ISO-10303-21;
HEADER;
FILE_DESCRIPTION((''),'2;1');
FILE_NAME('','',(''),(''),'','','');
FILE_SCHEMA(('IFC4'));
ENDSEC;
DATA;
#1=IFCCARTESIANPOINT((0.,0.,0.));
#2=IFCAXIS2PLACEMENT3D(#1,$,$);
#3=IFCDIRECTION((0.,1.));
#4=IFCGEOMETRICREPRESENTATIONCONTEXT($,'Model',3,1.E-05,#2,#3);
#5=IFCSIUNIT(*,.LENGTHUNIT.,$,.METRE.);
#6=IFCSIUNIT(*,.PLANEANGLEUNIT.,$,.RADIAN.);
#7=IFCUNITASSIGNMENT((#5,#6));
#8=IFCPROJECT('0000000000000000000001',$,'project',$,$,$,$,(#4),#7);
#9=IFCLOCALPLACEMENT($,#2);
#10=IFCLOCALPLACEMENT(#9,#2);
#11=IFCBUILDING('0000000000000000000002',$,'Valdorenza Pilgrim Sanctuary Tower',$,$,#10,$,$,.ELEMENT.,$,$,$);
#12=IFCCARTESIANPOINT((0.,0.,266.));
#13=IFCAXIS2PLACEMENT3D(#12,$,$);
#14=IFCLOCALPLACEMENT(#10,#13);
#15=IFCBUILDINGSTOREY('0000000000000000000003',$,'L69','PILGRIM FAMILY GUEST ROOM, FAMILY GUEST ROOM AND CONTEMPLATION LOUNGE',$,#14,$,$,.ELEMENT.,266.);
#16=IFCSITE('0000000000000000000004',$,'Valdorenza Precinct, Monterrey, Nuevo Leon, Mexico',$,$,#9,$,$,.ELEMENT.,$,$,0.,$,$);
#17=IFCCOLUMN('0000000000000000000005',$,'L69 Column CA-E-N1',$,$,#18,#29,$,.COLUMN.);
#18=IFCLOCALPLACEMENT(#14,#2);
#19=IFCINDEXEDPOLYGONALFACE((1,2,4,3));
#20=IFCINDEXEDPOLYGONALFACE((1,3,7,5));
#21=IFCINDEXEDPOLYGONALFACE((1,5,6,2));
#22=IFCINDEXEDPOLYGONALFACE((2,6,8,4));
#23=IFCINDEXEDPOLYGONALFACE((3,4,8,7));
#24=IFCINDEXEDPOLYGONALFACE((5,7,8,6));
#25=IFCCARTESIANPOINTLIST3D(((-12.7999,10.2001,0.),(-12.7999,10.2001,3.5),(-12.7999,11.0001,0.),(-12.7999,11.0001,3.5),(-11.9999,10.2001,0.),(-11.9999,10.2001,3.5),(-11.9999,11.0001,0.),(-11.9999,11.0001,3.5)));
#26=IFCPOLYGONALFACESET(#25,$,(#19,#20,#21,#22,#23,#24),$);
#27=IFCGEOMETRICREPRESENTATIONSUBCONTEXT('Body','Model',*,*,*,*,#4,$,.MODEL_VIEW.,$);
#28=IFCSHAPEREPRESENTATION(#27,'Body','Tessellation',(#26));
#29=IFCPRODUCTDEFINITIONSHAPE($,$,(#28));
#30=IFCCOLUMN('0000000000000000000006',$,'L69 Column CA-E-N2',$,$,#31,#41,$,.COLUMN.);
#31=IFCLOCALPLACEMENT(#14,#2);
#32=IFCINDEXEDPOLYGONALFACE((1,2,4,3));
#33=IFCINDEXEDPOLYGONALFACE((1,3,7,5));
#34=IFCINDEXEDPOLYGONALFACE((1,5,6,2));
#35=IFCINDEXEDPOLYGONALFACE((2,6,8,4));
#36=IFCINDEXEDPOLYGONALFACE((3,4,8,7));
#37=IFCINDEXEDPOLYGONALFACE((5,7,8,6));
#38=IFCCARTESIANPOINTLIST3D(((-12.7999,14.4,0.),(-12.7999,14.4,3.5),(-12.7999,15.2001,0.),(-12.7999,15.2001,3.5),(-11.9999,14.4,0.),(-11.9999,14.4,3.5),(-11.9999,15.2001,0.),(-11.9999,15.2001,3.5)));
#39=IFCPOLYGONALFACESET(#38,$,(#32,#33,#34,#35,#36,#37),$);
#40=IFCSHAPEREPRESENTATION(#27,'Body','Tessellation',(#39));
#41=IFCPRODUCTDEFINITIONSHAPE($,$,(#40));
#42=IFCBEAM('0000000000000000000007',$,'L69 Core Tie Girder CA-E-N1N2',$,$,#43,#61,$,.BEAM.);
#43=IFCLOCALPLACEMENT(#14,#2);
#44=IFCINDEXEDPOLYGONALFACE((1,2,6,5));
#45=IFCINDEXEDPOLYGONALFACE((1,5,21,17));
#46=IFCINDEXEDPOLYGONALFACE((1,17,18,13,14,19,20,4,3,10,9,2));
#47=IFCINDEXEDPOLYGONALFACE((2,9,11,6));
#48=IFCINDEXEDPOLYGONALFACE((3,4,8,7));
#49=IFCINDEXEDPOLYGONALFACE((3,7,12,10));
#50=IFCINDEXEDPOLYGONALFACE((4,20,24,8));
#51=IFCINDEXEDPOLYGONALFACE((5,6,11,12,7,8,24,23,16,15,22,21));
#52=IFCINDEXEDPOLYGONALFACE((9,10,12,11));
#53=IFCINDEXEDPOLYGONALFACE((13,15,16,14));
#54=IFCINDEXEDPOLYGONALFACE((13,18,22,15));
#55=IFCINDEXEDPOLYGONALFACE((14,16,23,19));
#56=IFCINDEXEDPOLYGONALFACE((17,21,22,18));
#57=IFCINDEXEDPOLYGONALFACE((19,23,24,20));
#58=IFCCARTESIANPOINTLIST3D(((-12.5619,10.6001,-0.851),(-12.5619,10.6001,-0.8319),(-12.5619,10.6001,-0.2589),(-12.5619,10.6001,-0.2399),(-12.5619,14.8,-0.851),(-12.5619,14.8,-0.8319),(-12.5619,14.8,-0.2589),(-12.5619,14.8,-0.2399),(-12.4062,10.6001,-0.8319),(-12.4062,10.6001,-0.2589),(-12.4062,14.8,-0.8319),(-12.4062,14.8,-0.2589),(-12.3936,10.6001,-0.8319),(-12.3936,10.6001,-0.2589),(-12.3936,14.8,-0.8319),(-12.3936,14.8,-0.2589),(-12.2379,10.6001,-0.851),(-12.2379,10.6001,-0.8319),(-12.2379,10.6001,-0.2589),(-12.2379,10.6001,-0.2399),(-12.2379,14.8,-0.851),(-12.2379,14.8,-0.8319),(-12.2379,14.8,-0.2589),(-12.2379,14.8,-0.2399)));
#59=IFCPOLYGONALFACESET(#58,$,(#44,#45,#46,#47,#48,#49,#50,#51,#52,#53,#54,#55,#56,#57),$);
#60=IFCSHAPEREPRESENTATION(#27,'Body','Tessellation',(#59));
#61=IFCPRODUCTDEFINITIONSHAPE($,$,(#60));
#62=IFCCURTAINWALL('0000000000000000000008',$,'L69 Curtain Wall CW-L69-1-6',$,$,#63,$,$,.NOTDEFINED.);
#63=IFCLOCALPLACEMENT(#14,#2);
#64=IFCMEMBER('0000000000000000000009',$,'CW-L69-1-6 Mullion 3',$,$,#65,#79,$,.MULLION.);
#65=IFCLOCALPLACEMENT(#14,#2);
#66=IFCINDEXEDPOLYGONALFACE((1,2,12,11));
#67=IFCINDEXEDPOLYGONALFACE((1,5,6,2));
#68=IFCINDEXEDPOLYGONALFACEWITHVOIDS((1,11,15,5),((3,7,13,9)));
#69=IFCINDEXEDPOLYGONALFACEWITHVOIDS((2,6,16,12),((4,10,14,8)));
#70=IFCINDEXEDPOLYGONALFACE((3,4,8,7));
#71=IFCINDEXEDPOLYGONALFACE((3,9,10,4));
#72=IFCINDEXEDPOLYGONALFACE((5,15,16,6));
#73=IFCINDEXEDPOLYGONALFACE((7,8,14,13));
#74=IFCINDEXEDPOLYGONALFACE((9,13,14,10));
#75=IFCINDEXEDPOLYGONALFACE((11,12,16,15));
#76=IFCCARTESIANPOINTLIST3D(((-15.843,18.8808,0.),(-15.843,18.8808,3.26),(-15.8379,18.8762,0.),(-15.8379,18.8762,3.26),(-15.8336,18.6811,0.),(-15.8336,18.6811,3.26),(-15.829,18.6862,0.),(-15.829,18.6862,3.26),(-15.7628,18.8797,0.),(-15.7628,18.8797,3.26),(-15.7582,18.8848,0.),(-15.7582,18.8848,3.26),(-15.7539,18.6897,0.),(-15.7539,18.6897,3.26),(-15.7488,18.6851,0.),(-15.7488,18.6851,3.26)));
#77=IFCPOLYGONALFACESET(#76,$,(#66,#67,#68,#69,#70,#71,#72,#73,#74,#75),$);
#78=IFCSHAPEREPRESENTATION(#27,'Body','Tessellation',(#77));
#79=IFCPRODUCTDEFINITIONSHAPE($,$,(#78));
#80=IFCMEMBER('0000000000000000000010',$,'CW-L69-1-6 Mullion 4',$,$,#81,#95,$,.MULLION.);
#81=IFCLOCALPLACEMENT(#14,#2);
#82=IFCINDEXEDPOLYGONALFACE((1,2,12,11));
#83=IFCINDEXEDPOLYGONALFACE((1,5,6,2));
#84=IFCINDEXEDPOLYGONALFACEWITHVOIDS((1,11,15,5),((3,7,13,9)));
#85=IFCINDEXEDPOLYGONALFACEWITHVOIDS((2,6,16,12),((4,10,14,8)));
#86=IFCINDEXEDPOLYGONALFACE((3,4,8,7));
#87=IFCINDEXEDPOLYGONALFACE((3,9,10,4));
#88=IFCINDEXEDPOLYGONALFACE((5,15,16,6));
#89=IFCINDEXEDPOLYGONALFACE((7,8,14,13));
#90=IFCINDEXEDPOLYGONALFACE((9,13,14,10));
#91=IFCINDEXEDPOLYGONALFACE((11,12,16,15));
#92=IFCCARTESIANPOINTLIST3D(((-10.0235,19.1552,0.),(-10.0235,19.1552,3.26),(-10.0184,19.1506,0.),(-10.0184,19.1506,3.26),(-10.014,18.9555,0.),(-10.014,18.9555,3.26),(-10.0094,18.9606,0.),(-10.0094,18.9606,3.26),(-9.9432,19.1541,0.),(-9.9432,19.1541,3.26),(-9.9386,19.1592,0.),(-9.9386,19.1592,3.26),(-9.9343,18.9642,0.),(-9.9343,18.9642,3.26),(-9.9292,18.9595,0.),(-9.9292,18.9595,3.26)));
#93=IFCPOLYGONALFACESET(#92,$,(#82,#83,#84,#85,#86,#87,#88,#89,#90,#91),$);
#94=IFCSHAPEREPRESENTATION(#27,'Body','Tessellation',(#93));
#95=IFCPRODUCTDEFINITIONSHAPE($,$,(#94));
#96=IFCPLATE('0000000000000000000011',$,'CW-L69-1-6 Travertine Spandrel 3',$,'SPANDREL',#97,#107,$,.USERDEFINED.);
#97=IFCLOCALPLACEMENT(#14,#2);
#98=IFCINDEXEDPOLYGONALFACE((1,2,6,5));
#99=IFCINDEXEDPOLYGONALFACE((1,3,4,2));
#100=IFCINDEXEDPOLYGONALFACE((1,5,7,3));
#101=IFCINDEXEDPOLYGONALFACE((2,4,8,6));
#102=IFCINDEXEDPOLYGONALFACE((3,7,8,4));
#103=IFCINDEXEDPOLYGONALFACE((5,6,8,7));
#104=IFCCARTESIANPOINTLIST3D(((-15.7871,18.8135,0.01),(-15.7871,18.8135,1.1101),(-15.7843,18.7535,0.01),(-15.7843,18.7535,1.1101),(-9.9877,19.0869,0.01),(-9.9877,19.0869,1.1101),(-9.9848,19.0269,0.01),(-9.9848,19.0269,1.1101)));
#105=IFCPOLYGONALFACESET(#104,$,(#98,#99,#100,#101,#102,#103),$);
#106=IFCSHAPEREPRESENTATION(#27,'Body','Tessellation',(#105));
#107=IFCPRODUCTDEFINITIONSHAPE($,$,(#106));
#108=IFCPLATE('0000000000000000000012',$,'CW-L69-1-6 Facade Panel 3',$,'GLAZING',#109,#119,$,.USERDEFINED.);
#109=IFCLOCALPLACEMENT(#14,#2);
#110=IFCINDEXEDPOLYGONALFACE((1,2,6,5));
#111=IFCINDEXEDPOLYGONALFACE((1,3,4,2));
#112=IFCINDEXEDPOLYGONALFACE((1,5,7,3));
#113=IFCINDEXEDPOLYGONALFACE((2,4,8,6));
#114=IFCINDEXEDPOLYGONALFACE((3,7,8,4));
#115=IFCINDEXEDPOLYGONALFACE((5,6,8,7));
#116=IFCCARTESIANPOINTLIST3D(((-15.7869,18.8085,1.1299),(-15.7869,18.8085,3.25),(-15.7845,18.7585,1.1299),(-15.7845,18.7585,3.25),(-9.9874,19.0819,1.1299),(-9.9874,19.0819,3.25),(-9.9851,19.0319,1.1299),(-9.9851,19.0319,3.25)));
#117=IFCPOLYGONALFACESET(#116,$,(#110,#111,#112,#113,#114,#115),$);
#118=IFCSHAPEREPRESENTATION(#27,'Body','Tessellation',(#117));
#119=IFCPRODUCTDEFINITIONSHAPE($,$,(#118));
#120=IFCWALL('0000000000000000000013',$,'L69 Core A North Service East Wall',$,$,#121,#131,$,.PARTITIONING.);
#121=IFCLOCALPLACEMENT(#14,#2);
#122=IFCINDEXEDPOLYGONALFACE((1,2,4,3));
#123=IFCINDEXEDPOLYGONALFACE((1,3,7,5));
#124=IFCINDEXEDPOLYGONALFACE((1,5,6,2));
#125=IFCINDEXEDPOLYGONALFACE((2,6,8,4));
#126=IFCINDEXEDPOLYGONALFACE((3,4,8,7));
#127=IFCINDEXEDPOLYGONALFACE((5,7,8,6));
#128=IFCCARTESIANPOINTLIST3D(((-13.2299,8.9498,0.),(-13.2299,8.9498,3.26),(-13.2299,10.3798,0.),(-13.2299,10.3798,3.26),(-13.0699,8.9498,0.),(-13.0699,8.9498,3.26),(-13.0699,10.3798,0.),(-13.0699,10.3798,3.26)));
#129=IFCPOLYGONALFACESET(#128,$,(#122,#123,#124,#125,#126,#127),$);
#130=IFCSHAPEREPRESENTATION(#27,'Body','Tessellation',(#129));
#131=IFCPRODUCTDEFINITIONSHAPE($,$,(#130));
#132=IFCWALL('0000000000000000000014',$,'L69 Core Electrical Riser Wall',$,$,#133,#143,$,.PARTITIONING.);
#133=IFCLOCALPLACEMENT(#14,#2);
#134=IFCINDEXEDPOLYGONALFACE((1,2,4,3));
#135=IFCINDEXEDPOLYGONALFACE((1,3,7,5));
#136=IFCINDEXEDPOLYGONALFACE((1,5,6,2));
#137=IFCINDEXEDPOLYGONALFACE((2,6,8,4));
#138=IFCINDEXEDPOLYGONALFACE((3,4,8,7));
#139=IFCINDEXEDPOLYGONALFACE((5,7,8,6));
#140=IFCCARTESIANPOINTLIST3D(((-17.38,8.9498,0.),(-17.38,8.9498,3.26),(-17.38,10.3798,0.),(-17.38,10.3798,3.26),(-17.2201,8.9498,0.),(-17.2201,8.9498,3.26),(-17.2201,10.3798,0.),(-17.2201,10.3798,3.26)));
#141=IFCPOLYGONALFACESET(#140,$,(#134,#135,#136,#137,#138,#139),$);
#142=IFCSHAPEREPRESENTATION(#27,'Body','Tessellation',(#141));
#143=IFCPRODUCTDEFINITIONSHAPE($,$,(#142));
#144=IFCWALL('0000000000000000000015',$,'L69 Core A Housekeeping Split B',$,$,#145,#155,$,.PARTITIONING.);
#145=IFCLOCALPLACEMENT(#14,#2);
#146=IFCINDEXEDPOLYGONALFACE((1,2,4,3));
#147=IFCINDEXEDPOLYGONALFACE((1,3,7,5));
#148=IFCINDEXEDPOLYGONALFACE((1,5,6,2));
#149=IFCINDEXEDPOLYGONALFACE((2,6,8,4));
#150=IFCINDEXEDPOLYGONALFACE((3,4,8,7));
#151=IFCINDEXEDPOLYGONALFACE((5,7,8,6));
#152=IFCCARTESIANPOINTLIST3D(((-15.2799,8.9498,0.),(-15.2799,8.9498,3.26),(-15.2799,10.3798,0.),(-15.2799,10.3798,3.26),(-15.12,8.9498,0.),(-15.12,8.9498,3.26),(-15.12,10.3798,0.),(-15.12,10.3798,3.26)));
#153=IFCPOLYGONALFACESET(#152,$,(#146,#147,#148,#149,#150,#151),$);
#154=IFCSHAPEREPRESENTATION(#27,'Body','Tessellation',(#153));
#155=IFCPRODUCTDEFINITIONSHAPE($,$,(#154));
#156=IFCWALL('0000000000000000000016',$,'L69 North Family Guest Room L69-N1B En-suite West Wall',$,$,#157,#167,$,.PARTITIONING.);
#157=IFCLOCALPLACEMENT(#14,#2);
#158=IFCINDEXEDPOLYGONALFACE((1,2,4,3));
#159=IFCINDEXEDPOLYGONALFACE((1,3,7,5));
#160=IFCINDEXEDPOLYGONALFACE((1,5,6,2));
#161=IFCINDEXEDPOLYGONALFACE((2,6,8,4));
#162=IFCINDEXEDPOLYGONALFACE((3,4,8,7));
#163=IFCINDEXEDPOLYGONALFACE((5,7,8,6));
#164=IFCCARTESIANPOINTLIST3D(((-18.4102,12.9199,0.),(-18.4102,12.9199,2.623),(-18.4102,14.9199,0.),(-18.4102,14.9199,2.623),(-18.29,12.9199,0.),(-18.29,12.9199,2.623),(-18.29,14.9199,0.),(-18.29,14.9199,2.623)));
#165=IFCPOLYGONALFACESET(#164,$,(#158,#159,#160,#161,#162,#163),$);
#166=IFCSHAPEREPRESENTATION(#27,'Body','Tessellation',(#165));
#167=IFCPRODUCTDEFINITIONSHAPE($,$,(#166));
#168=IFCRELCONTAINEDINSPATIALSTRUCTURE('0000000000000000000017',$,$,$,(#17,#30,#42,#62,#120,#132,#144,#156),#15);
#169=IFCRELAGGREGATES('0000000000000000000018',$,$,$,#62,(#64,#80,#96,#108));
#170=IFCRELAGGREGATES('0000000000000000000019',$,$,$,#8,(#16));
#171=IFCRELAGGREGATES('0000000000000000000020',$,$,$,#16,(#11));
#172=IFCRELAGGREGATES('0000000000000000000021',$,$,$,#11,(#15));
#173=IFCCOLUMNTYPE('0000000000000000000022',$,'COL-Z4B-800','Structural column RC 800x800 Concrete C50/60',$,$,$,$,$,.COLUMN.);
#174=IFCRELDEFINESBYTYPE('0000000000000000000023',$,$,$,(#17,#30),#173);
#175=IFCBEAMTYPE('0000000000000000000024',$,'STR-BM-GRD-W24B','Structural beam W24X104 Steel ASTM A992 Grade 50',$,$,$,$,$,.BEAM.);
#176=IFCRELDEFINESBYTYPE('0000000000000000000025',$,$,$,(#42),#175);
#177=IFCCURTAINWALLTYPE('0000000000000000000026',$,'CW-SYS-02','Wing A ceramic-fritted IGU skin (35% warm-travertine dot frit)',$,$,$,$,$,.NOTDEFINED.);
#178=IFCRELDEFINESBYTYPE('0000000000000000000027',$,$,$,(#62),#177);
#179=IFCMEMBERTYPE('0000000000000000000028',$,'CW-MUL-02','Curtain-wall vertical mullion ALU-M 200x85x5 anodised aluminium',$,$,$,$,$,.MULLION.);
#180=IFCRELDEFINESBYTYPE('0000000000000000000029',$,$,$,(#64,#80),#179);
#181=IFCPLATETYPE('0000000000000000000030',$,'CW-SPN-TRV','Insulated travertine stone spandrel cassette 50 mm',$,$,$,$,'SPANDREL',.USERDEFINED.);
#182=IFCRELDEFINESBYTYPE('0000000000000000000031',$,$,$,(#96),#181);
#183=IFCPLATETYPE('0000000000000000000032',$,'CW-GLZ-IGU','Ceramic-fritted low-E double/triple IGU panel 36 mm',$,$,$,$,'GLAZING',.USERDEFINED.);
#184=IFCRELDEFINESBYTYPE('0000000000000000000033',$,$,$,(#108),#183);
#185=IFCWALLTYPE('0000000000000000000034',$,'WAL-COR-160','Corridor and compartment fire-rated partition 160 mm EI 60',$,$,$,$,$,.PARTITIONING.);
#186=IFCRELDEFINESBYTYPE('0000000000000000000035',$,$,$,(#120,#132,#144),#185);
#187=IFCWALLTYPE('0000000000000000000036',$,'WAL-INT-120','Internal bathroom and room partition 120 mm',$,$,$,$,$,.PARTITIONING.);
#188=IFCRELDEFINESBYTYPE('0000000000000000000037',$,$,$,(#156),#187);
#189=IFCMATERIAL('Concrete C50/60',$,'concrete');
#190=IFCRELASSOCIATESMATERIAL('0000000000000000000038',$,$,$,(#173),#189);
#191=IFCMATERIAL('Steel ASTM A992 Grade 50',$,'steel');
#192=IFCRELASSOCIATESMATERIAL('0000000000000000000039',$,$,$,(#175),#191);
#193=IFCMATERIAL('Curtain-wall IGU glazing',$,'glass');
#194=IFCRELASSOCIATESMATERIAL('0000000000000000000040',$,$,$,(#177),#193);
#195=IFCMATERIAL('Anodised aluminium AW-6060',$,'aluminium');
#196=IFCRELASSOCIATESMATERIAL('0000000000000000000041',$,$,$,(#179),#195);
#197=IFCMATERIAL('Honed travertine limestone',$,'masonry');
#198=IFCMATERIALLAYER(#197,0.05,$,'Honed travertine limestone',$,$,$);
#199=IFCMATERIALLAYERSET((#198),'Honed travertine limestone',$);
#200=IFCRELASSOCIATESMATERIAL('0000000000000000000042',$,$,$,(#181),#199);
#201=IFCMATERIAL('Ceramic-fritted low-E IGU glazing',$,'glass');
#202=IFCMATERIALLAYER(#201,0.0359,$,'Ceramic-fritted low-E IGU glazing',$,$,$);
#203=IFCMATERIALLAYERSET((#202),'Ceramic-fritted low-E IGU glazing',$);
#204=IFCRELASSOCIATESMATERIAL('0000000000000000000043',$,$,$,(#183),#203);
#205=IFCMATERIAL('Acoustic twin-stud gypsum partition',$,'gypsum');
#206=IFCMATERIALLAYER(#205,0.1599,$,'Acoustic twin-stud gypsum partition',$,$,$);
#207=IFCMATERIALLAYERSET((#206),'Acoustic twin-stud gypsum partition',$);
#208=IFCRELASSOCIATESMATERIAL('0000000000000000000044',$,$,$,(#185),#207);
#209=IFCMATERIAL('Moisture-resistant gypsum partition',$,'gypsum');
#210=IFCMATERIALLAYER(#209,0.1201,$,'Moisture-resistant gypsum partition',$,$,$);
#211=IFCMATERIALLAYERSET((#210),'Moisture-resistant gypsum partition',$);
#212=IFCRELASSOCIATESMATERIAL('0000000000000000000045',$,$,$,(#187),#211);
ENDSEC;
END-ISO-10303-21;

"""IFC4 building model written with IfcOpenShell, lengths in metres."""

from ifc_helpers import new_model, si_unit, direction, frame, frame_2d, origin, origin_2d, place, context, subcontext, project, spatial, rectangle, hollow_rectangle, i_section, extrude, source, transform, mapped, material, layer, layer_set, material_profile, profile_set, type_object, element, aggregate, save


model = new_model("IFC4")

# Units and contexts
model_context = context("Model", 3, precision=1e-05, world=origin(), true_north=direction((0.0, 1.0)))
body_context = subcontext(model_context, "Body", "Model", "MODEL_VIEW")
ifc_project = project(units=[si_unit("LENGTHUNIT", "METRE"), si_unit("PLANEANGLEUNIT", "RADIAN")], contexts=[model_context])

# Site, building, storey
site_placement = place(None, origin())
site = spatial("IfcSite", under=ifc_project, at=site_placement, Name="Valdorenza Precinct, Monterrey, Nuevo Leon, Mexico", CompositionType="ELEMENT", RefElevation=0.0)
building_placement = place(site_placement, origin())
building = spatial("IfcBuilding", under=site, at=building_placement, Name="Valdorenza Pilgrim Sanctuary Tower", CompositionType="ELEMENT")
storey_placement = place(building_placement, frame((0.0, 0.0, 266.0)))
storey = spatial("IfcBuildingStorey", under=building, at=storey_placement, Name="L69", Description="PILGRIM FAMILY GUEST ROOM, FAMILY GUEST ROOM AND CONTEMPLATION LOUNGE", CompositionType="ELEMENT", Elevation=266.0)

# Columns
ifc_material_1 = material(Name="Concrete C50/60", Category="concrete")
ifc_material_profile_1 = material_profile(ifc_material_1, rectangle(XDim=0.8, YDim=0.8, at=origin_2d()), Name="RC 800x800")
ifc_profile_set_1 = profile_set([ifc_material_profile_1], Name="Concrete C50/60")
column_type = type_object("IfcColumnType", Name="COL-Z4B-800", Description="Structural column RC 800x800 Concrete C50/60", PredefinedType="COLUMN", material=ifc_profile_set_1)
shared_shape_1 = source(origin(), body_context, "Body", "SweptSolid", [
    extrude(rectangle(XDim=0.8, YDim=0.8, at=origin_2d()), origin(), (0.0, 0.0, 1.0), 3.5),
])
for number, where, z_axis, x_axis, name in (
    (1, (-12.3999, 10.6001, 0.0), (0.0, 0.0, 1.0), (1.0, 0.0, 0.0), "L69 Column CA-E-N1"),
    (2, (-12.3999, 14.8, 0.0), (0.0, 0.0, 1.0), (1.0, 0.0, 0.0), "L69 Column CA-E-N2"),
):
    element("IfcColumn", number, at=place(storey_placement, frame(where, z_axis=z_axis, x_axis=x_axis)), inside=storey, type_object=column_type, Name=name, PredefinedType="COLUMN", context=body_context, shape_type="MappedRepresentation", body=[
        mapped(shared_shape_1, transform((0.0, 0.0, 0.0), x_axis=(1.0, 0.0, 0.0), y_axis=(0.0, 1.0, 0.0), z_axis=(0.0, 0.0, 1.0), scale=1.0)),
    ])

# Beam
ifc_material_2 = material(Name="Steel ASTM A992 Grade 50", Category="steel")
ifc_material_profile_2 = material_profile(ifc_material_2, i_section(OverallWidth=0.324, OverallDepth=0.6111, WebThickness=0.0127, FlangeThickness=0.019, at=origin_2d()), Name="W24X104")
ifc_profile_set_2 = profile_set([ifc_material_profile_2], Name="Steel ASTM A992 Grade 50")
beam_type = type_object("IfcBeamType", Name="STR-BM-GRD-W24B", Description="Structural beam W24X104 Steel ASTM A992 Grade 50", PredefinedType="BEAM", material=ifc_profile_set_2)
shared_shape_2 = source(origin(), body_context, "Body", "SweptSolid", [
    extrude(i_section(OverallWidth=0.324, OverallDepth=0.6111, WebThickness=0.0127, FlangeThickness=0.019, at=origin_2d()), origin(), (0.0, 0.0, 1.0), 4.2),
])
beam_placement = place(storey_placement, frame((-12.3999, 10.6001, -0.5454), z_axis=(0.0, 1.0, 0.0), x_axis=(-1.0, 0.0, 0.0)))
element("IfcBeam", 3, at=beam_placement, inside=storey, type_object=beam_type, Name="L69 Core Tie Girder CA-E-N1N2", PredefinedType="BEAM", context=body_context, shape_type="MappedRepresentation", body=[
    mapped(shared_shape_2, transform((0.0, 0.0, 0.0), x_axis=(1.0, 0.0, 0.0), y_axis=(0.0, 1.0, 0.0), z_axis=(0.0, 0.0, 1.0), scale=1.0)),
])

# Curtain wall, members, plates
ifc_material_3 = material(Name="Curtain-wall IGU glazing", Category="glass")
curtain_wall_type = type_object("IfcCurtainWallType", Name="CW-SYS-02", Description="Wing A ceramic-fritted IGU skin (35% warm-travertine dot frit)", PredefinedType="NOTDEFINED", material=ifc_material_3)
curtain_wall_placement = place(storey_placement, origin())
curtain_wall = element("IfcCurtainWall", 4, at=curtain_wall_placement, inside=storey, type_object=curtain_wall_type, Name="L69 Curtain Wall CW-L69-1-6", PredefinedType="NOTDEFINED")
ifc_material_4 = material(Name="Anodised aluminium AW-6060", Category="aluminium")
ifc_material_profile_3 = material_profile(ifc_material_4, hollow_rectangle(XDim=0.085, YDim=0.2, WallThickness=0.0049, at=origin_2d()), Name="ALU-M 200x85x5")
ifc_profile_set_3 = profile_set([ifc_material_profile_3], Name="Anodised aluminium AW-6060")
member_type = type_object("IfcMemberType", Name="CW-MUL-02", Description="Curtain-wall vertical mullion ALU-M 200x85x5 anodised aluminium", PredefinedType="MULLION", material=ifc_profile_set_3)
shared_shape_3 = source(origin(), body_context, "Body", "SweptSolid", [
    extrude(hollow_rectangle(XDim=0.085, YDim=0.2, WallThickness=0.0049, at=origin_2d()), origin(), (0.0, 0.0, 1.0), 3.26),
])
member_1_placement = place(storey_placement, frame((-15.7959, 18.783, 0.0), z_axis=(0.0, 0.0, 1.0), x_axis=(0.998891, 0.047089, 0.0)))
member_1 = element("IfcMember", 5, at=member_1_placement, type_object=member_type, Name="CW-L69-1-6 Mullion 3", PredefinedType="MULLION", context=body_context, shape_type="MappedRepresentation", body=[
    mapped(shared_shape_3, transform((0.0, 0.0, 0.0), x_axis=(1.0, 0.0, 0.0), y_axis=(0.0, 1.0, 0.0), z_axis=(0.0, 0.0, 1.0), scale=1.0)),
])
member_2_placement = place(storey_placement, frame((-9.9763, 19.0574, 0.0), z_axis=(0.0, 0.0, 1.0), x_axis=(0.998891, 0.047089, 0.0)))
member_2 = element("IfcMember", 6, at=member_2_placement, type_object=member_type, Name="CW-L69-1-6 Mullion 4", PredefinedType="MULLION", context=body_context, shape_type="MappedRepresentation", body=[
    mapped(shared_shape_3, transform((0.0, 0.0, 0.0), x_axis=(1.0, 0.0, 0.0), y_axis=(0.0, 1.0, 0.0), z_axis=(0.0, 0.0, 1.0), scale=1.0)),
])
ifc_material_5 = material(Name="Honed travertine limestone", Category="masonry")
ifc_layer_1 = layer(ifc_material_5, 0.05, Name="Honed travertine limestone")
ifc_layer_set_1 = layer_set([ifc_layer_1], Name="Honed travertine limestone")
plate_type_1 = type_object("IfcPlateType", Name="CW-SPN-TRV", Description="Insulated travertine stone spandrel cassette 50 mm", ElementType="SPANDREL", PredefinedType="USERDEFINED", material=ifc_layer_set_1)
shared_shape_4 = source(origin(), body_context, "Body", "SweptSolid", [
    extrude(rectangle(XDim=5.8059, YDim=0.0601, at=origin_2d()), origin(), (0.0, 0.0, 1.0), 1.1001),
])
plate_1_placement = place(storey_placement, frame((-12.886, 18.9202, 0.01), z_axis=(0.0, 0.0, 1.0), x_axis=(0.998891, 0.047089, 0.0)))
plate_1 = element("IfcPlate", 7, at=plate_1_placement, type_object=plate_type_1, Name="CW-L69-1-6 Travertine Spandrel 3", ObjectType="SPANDREL", PredefinedType="USERDEFINED", context=body_context, shape_type="MappedRepresentation", body=[
    mapped(shared_shape_4, transform((0.0, 0.0, 0.0), x_axis=(1.0, 0.0, 0.0), y_axis=(0.0, 1.0, 0.0), z_axis=(0.0, 0.0, 1.0), scale=1.0)),
])
ifc_material_6 = material(Name="Ceramic-fritted low-E IGU glazing", Category="glass")
ifc_layer_2 = layer(ifc_material_6, 0.0359, Name="Ceramic-fritted low-E IGU glazing")
ifc_layer_set_2 = layer_set([ifc_layer_2], Name="Ceramic-fritted low-E IGU glazing")
plate_type_2 = type_object("IfcPlateType", Name="CW-GLZ-IGU", Description="Ceramic-fritted low-E double/triple IGU panel 36 mm", ElementType="GLAZING", PredefinedType="USERDEFINED", material=ifc_layer_set_2)
shared_shape_5 = source(origin(), body_context, "Body", "SweptSolid", [
    extrude(rectangle(XDim=5.8059, YDim=0.05, at=origin_2d()), origin(), (0.0, 0.0, 1.0), 2.1201),
])
plate_2_placement = place(storey_placement, frame((-12.886, 18.9202, 1.1299), z_axis=(0.0, 0.0, 1.0), x_axis=(0.998891, 0.047089, 0.0)))
plate_2 = element("IfcPlate", 8, at=plate_2_placement, type_object=plate_type_2, Name="CW-L69-1-6 Facade Panel 3", ObjectType="GLAZING", PredefinedType="USERDEFINED", context=body_context, shape_type="MappedRepresentation", body=[
    mapped(shared_shape_5, transform((0.0, 0.0, 0.0), x_axis=(1.0, 0.0, 0.0), y_axis=(0.0, 1.0, 0.0), z_axis=(0.0, 0.0, 1.0), scale=1.0)),
])
aggregate(curtain_wall, [member_1, member_2, plate_1, plate_2])

# Walls
ifc_material_7 = material(Name="Acoustic twin-stud gypsum partition", Category="gypsum")
ifc_layer_3 = layer(ifc_material_7, 0.1599, Name="Acoustic twin-stud gypsum partition")
ifc_layer_set_3 = layer_set([ifc_layer_3], Name="Acoustic twin-stud gypsum partition")
wall_type_1 = type_object("IfcWallType", Name="WAL-COR-160", Description="Corridor and compartment fire-rated partition 160 mm EI 60", PredefinedType="PARTITIONING", material=ifc_layer_set_3)
for number, where, z_axis, x_axis, name in (
    (9, (-13.1499, 8.95, 0.0), (0.0, 0.0, 1.0), (0.0, 1.0, 0.0), "L69 Core A North Service East Wall"),
    (10, (-17.3, 8.95, 0.0), (0.0, 0.0, 1.0), (0.0, 1.0, 0.0), "L69 Core Electrical Riser Wall"),
    (11, (-15.2, 8.95, 0.0), (0.0, 0.0, 1.0), (0.0, 1.0, 0.0), "L69 Core A Housekeeping Split B"),
):
    element("IfcWall", number, at=place(storey_placement, frame(where, z_axis=z_axis, x_axis=x_axis)), inside=storey, type_object=wall_type_1, Name=name, PredefinedType="PARTITIONING", context=body_context, shape_type="SweptSolid", body=[
        extrude(rectangle(XDim=1.4299, YDim=0.1599, at=frame_2d((0.7148, 0.0))), origin(), (0.0, 0.0, 1.0), 3.26),
    ])
ifc_material_8 = material(Name="Moisture-resistant gypsum partition", Category="gypsum")
ifc_layer_4 = layer(ifc_material_8, 0.1201, Name="Moisture-resistant gypsum partition")
ifc_layer_set_4 = layer_set([ifc_layer_4], Name="Moisture-resistant gypsum partition")
wall_type_2 = type_object("IfcWallType", Name="WAL-INT-120", Description="Internal bathroom and room partition 120 mm", PredefinedType="PARTITIONING", material=ifc_layer_set_4)
wall_1_placement = place(storey_placement, frame((-18.3501, 12.9199, 0.0), z_axis=(0.0, 0.0, 1.0), x_axis=(0.0, 1.0, 0.0)))
element("IfcWall", 12, at=wall_1_placement, inside=storey, type_object=wall_type_2, Name="L69 North Family Guest Room L69-N1B En-suite West Wall", PredefinedType="PARTITIONING", context=body_context, shape_type="SweptSolid", body=[
    extrude(rectangle(XDim=2.0, YDim=0.1201, at=frame_2d((1.0, 0.0))), origin(), (0.0, 0.0, 1.0), 2.623),
])

save(model, "model.ifc")
